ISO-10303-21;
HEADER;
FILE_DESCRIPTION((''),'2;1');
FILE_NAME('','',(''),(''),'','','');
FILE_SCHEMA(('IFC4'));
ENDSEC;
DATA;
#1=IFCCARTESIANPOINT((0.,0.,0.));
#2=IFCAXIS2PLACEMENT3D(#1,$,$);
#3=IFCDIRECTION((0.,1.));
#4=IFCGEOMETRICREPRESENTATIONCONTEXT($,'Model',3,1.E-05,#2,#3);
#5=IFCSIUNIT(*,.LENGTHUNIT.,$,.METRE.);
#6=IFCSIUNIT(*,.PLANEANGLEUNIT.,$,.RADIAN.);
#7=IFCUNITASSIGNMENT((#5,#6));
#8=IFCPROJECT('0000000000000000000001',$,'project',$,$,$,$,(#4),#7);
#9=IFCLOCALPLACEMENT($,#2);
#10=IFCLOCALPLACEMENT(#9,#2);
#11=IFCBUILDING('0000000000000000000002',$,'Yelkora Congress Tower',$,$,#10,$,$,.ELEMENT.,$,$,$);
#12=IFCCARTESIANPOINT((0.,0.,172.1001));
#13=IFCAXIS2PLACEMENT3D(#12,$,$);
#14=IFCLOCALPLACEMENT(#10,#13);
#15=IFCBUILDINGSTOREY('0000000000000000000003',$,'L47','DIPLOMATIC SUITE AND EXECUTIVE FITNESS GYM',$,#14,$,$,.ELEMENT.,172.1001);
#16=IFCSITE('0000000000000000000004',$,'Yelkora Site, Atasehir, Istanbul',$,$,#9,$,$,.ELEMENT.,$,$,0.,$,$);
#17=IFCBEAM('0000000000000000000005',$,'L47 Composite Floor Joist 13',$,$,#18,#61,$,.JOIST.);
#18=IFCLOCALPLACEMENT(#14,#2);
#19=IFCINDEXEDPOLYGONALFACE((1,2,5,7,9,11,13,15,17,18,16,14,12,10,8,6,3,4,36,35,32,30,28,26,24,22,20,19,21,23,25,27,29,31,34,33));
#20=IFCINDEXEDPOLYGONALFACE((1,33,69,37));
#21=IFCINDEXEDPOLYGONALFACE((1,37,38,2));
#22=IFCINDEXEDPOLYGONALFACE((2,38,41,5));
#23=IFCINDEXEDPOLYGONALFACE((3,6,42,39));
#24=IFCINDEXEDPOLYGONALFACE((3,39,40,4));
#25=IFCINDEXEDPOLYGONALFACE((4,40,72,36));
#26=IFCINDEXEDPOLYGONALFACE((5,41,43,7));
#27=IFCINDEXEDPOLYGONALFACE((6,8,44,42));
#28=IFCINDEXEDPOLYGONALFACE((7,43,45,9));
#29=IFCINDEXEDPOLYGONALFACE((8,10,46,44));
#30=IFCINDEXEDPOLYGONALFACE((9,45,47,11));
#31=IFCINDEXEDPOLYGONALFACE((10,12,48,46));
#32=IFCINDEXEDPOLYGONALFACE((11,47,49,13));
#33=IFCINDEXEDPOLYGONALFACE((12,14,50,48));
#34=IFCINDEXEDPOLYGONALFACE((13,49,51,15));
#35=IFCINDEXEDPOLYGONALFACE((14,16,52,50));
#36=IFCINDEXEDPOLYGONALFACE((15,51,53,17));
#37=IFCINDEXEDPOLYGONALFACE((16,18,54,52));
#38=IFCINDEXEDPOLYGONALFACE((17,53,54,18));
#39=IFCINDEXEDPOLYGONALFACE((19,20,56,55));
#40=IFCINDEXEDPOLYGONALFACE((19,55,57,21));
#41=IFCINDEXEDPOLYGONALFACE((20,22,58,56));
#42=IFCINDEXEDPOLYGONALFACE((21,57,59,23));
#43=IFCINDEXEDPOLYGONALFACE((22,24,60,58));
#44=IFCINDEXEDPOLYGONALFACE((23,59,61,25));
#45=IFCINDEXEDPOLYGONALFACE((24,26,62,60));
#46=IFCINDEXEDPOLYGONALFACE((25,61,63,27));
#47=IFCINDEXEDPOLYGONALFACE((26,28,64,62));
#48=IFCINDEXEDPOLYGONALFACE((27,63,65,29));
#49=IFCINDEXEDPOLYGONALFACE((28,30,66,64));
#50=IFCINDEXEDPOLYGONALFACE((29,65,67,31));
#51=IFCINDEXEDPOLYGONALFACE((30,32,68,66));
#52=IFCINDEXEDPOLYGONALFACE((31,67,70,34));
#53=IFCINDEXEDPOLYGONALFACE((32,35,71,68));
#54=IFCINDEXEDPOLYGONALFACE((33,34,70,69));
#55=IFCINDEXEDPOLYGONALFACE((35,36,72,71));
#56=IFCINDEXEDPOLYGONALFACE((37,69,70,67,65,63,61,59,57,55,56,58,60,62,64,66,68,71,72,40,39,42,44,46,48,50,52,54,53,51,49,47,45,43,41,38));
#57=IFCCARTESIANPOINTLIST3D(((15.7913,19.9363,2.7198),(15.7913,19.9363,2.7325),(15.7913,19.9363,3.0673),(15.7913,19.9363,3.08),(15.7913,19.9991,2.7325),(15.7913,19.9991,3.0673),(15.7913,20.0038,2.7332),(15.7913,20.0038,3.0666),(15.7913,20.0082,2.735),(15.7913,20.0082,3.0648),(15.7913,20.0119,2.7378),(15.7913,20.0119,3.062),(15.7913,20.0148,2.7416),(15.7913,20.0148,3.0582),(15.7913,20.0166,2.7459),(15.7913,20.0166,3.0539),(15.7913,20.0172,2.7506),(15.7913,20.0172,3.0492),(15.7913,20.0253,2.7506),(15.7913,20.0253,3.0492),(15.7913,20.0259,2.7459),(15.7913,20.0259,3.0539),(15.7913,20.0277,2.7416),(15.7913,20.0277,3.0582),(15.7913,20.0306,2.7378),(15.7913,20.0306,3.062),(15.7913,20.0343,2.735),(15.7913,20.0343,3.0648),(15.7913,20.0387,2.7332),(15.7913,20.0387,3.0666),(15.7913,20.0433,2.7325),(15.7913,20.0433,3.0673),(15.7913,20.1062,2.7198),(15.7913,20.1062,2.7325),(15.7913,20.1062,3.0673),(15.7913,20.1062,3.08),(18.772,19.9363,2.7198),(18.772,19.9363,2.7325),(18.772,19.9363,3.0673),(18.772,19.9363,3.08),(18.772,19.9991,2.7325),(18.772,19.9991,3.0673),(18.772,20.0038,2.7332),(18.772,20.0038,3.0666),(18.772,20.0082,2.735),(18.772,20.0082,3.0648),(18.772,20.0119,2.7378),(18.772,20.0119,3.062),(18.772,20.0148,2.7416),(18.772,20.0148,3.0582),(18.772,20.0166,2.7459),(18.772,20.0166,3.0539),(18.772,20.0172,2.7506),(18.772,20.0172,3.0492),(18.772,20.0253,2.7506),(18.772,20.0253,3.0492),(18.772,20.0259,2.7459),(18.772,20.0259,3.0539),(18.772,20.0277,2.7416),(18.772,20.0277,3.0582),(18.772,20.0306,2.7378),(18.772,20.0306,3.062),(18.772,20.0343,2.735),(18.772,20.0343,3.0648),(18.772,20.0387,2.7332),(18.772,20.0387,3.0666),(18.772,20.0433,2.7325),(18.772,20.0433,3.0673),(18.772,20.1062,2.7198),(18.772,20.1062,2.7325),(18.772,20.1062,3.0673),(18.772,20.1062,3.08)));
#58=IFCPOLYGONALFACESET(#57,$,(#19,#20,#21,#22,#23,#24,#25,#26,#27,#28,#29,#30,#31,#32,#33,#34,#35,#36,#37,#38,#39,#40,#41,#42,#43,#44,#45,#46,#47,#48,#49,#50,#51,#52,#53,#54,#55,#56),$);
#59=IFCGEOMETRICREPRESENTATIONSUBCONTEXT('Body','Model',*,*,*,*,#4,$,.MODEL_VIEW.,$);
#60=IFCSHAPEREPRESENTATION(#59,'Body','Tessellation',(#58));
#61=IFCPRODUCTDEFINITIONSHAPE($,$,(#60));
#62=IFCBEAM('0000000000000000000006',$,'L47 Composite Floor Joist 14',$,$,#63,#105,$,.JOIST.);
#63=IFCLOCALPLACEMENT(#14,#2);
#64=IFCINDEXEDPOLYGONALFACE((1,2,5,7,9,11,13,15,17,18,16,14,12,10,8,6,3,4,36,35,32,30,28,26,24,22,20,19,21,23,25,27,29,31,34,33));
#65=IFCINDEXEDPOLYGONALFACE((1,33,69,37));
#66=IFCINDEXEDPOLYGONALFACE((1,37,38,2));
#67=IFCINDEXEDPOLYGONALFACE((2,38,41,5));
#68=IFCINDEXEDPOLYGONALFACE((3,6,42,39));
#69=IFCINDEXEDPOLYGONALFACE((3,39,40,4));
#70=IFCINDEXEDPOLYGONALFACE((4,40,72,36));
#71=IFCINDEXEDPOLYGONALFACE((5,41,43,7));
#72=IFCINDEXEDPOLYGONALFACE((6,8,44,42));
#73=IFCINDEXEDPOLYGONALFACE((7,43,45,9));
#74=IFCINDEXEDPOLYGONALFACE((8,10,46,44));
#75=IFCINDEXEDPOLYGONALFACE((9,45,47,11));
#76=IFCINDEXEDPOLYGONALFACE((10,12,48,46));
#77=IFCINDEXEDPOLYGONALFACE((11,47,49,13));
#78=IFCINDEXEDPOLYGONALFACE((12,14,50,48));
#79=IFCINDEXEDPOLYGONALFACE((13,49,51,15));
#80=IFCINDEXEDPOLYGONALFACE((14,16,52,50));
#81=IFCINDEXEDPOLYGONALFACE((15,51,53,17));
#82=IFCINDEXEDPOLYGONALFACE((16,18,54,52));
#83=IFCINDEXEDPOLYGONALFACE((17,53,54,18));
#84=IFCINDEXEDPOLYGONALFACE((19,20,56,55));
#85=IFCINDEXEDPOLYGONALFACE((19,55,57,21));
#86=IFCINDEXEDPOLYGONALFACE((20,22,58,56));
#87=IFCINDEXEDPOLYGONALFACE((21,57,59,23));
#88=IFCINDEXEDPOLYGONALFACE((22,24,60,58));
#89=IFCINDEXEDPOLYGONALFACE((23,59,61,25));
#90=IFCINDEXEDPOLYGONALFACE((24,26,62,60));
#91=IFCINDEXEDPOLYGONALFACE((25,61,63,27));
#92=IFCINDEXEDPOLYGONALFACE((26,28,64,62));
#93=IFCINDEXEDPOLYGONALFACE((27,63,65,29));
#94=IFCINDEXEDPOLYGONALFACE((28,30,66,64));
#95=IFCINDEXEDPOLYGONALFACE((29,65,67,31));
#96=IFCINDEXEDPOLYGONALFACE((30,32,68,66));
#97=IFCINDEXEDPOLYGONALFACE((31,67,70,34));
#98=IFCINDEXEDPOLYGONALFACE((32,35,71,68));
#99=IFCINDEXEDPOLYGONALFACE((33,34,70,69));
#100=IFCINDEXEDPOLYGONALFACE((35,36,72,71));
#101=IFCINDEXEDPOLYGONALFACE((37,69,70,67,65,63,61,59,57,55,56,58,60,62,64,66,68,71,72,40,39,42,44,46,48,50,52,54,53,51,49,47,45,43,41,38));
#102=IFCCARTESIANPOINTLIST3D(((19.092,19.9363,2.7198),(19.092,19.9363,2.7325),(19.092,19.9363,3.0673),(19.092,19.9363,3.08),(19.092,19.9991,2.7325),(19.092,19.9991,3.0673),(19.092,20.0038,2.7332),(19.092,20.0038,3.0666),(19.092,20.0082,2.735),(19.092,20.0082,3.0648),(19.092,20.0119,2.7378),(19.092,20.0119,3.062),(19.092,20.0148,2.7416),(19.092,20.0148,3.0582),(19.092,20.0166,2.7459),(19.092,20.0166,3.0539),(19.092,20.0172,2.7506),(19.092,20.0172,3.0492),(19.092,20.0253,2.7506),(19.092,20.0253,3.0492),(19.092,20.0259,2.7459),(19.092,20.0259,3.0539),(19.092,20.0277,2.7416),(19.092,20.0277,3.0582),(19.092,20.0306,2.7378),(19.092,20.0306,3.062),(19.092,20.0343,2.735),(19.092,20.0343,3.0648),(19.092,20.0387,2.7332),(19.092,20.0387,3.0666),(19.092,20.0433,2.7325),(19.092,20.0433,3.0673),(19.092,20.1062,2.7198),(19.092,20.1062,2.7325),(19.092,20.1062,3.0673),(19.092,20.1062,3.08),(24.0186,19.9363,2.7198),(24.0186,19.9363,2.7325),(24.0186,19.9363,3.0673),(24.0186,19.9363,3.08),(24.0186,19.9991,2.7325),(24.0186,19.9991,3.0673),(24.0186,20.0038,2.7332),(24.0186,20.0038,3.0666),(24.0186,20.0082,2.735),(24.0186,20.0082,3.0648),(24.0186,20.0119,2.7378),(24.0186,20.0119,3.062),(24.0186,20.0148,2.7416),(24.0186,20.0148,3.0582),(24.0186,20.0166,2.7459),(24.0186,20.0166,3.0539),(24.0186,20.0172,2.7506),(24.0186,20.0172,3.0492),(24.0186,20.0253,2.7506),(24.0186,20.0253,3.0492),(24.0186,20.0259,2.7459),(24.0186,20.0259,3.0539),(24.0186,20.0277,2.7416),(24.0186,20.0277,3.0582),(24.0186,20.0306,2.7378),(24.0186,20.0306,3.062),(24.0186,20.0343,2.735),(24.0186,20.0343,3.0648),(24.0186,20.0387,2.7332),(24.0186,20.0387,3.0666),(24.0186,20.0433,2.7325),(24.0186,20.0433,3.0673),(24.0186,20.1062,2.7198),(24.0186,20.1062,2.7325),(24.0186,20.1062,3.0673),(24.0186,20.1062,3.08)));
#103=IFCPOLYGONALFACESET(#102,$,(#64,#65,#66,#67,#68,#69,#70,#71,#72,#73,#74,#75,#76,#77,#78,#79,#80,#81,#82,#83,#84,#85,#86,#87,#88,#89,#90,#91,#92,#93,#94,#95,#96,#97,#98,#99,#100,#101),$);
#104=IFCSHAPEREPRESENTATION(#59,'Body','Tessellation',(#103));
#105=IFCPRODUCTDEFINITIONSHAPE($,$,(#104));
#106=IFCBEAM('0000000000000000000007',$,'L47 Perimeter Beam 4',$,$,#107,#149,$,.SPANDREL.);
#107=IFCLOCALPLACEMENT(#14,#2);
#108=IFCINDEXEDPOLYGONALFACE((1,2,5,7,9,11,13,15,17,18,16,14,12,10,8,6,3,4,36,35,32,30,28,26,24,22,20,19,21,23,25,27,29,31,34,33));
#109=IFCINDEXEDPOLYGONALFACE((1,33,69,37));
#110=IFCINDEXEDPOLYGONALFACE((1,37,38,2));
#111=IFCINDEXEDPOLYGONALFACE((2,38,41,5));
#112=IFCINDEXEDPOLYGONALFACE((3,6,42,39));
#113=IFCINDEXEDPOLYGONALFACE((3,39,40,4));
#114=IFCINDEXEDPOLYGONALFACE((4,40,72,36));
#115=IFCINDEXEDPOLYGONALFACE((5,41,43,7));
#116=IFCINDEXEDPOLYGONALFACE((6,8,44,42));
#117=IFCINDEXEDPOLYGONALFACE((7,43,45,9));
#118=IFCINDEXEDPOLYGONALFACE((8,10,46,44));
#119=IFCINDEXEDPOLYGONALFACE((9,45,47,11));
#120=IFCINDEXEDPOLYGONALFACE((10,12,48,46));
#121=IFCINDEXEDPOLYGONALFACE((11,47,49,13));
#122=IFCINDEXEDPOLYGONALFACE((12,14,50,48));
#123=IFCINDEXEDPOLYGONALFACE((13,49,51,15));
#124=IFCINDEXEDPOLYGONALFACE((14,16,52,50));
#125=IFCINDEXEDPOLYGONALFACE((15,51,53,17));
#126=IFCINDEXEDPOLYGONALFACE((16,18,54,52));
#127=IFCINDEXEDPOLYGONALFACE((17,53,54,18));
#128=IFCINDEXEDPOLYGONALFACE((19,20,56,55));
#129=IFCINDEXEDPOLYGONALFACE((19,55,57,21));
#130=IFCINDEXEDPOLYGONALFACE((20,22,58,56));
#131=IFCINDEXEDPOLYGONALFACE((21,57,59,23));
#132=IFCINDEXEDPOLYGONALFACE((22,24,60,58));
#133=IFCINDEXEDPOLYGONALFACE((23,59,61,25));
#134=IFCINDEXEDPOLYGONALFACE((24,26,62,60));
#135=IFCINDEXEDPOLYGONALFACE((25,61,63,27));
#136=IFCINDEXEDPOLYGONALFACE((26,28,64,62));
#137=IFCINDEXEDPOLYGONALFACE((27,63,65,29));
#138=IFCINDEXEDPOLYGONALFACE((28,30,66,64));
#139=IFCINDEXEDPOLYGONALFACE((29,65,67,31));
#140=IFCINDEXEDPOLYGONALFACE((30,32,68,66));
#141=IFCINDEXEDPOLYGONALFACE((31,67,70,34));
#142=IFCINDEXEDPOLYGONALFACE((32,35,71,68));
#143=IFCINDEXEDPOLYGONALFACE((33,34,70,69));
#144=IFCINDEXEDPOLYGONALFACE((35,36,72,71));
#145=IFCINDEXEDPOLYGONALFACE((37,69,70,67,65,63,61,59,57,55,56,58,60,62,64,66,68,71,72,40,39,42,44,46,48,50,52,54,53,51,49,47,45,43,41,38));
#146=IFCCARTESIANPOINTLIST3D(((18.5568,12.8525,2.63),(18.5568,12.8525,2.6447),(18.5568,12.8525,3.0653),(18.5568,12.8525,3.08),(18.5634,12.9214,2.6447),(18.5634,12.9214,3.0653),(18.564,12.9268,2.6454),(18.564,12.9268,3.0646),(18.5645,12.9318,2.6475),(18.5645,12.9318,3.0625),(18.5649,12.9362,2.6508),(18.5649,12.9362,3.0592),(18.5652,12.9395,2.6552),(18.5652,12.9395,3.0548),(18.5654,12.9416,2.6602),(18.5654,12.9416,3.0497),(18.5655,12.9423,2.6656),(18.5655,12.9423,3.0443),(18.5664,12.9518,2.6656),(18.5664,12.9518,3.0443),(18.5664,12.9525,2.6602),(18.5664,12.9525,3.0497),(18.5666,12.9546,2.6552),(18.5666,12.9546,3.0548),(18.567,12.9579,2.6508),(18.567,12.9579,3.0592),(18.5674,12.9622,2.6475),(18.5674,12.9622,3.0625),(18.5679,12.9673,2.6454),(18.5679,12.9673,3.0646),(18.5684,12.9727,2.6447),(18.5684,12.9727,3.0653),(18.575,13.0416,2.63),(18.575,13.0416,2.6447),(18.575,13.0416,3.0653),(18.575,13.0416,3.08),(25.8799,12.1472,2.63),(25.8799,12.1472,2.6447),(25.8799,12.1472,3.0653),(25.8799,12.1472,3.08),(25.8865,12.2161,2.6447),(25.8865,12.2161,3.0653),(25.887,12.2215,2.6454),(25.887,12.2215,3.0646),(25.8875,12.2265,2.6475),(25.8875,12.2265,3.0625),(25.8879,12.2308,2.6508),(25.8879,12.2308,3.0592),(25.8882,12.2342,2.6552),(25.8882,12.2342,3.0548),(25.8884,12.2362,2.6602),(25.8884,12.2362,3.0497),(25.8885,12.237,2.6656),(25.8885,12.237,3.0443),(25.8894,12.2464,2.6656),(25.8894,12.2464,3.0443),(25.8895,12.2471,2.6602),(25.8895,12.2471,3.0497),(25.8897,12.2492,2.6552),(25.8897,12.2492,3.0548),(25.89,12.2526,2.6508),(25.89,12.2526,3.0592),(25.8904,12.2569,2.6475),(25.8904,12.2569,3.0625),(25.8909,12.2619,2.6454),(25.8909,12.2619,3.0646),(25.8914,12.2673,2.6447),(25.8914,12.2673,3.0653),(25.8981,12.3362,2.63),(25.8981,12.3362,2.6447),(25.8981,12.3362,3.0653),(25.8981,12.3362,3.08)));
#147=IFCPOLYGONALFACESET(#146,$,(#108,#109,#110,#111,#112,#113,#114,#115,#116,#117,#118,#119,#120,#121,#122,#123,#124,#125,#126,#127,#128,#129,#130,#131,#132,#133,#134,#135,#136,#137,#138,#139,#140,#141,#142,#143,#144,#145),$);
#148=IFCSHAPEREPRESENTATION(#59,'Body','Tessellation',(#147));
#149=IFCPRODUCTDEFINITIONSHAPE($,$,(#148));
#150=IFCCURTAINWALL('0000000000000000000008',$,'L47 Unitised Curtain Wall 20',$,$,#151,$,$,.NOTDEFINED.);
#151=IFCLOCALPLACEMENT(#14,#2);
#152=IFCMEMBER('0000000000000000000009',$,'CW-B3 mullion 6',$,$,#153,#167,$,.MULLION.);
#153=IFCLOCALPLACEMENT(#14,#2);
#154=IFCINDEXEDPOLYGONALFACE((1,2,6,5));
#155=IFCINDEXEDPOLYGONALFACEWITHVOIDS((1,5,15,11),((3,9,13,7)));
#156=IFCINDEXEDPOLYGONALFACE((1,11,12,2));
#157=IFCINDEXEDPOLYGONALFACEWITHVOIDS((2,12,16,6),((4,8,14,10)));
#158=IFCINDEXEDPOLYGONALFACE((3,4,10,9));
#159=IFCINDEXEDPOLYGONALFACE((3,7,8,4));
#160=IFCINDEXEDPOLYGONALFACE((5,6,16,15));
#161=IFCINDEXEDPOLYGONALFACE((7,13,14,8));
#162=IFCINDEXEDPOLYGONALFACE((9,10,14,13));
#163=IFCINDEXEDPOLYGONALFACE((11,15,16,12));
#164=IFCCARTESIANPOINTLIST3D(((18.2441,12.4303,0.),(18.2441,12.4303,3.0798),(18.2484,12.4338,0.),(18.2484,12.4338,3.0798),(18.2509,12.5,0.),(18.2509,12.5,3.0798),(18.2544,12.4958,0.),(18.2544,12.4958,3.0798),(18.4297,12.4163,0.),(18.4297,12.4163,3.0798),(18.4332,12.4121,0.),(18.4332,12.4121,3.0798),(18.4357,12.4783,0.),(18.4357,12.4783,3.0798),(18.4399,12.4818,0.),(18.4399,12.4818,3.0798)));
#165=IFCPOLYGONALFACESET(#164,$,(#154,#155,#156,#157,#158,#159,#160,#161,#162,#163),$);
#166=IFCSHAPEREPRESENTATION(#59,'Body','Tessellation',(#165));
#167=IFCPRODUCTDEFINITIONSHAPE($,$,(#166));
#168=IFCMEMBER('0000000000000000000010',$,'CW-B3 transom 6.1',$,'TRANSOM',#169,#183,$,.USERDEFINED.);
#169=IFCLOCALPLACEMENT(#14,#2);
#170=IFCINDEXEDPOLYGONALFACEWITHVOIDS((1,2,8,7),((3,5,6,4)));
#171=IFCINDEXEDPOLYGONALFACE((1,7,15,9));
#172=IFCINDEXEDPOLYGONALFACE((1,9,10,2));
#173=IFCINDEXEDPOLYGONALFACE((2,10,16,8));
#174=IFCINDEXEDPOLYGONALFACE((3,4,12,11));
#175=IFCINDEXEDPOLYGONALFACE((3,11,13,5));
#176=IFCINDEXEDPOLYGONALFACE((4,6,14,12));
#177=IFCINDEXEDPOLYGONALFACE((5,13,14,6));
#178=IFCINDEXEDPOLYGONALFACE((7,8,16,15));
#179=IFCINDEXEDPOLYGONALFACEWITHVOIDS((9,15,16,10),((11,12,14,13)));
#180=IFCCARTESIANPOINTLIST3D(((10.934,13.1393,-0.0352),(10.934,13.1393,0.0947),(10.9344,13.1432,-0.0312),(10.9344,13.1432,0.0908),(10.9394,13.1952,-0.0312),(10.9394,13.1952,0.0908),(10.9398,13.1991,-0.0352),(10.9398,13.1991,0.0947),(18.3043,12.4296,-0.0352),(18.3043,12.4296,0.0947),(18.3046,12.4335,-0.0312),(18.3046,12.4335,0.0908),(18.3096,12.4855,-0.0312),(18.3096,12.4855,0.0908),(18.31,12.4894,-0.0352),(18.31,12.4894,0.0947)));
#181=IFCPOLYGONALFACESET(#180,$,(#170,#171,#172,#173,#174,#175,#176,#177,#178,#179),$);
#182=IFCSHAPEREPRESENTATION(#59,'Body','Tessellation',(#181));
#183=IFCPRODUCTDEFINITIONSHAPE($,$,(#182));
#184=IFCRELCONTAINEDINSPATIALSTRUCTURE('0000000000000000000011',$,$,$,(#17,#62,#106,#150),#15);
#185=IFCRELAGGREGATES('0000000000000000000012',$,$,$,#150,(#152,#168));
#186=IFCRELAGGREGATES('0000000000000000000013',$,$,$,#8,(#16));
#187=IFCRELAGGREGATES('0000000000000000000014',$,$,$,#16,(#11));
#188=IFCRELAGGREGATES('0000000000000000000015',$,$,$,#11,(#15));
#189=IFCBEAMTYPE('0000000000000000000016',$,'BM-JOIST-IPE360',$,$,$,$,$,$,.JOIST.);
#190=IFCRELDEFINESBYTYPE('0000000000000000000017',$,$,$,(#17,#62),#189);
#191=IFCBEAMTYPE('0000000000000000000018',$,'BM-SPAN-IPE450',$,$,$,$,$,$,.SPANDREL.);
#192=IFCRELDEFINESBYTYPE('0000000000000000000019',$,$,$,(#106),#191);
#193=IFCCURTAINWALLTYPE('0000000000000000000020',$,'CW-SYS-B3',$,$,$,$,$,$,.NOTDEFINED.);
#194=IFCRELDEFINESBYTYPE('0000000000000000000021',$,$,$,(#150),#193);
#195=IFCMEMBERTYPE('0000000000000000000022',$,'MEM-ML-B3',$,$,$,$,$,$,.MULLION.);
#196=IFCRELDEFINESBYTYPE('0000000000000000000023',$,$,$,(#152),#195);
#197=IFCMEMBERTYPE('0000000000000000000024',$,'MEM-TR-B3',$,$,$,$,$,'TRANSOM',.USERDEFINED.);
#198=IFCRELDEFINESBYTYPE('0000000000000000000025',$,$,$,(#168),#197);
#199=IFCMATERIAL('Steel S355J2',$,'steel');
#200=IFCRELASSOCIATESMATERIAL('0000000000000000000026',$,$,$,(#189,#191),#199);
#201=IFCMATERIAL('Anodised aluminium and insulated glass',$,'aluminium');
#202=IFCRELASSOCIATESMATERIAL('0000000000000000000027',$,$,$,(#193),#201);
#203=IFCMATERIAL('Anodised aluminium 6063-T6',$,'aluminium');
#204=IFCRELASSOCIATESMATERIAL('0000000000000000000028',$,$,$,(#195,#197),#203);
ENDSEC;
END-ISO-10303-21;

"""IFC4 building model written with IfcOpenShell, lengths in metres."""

from ifc_helpers import new_model, si_unit, direction, frame, origin, origin_2d, place, context, subcontext, project, spatial, hollow_rectangle, i_section, extrude, material, material_profile, profile_set, type_object, element, aggregate, save


model = new_model("IFC4")

# Units and contexts
model_context = context("Model", 3, precision=1e-05, world=origin(), true_north=direction((0.0, 1.0)))
body_context = subcontext(model_context, "Body", "Model", "MODEL_VIEW")
ifc_project = project(units=[si_unit("LENGTHUNIT", "METRE"), si_unit("PLANEANGLEUNIT", "RADIAN")], contexts=[model_context])

# Site, building, storey
site_placement = place(None, origin())
site = spatial("IfcSite", under=ifc_project, at=site_placement, Name="Yelkora Site, Atasehir, Istanbul", CompositionType="ELEMENT", RefElevation=0.0)
building_placement = place(site_placement, origin())
building = spatial("IfcBuilding", under=site, at=building_placement, Name="Yelkora Congress Tower", CompositionType="ELEMENT")
storey_placement = place(building_placement, frame((0.0, 0.0, 172.1001)))
storey = spatial("IfcBuildingStorey", under=building, at=storey_placement, Name="L47", Description="DIPLOMATIC SUITE AND EXECUTIVE FITNESS GYM", CompositionType="ELEMENT", Elevation=172.1001)

# Beams
ifc_material_1 = material(Name="Steel S355J2", Category="steel")
ifc_material_profile_1 = material_profile(ifc_material_1, i_section(OverallWidth=0.1699, OverallDepth=0.3601, WebThickness=0.0081, FlangeThickness=0.0127, FilletRadius=0.0181, at=origin_2d()), Name="IPE 360")
ifc_profile_set_1 = profile_set([ifc_material_profile_1], Name="Steel S355J2")
beam_type_1 = type_object("IfcBeamType", Name="BM-JOIST-IPE360", PredefinedType="JOIST", material=ifc_profile_set_1)
beam_1_placement = place(storey_placement, frame((15.7913, 20.0212, 2.8999), z_axis=(1.0, 0.0, 0.0), x_axis=(0.0, 1.0, 0.0)))
element("IfcBeam", 1, at=beam_1_placement, inside=storey, type_object=beam_type_1, Name="L47 Composite Floor Joist 13", PredefinedType="JOIST", context=body_context, shape_type="SweptSolid", body=[
    extrude(i_section(OverallWidth=0.1699, OverallDepth=0.3601, WebThickness=0.0081, FlangeThickness=0.0127, FilletRadius=0.0181, at=origin_2d()), origin(), (0.0, 0.0, 1.0), 2.9807),
])
beam_2_placement = place(storey_placement, frame((19.092, 20.0212, 2.8999), z_axis=(1.0, 0.0, 0.0), x_axis=(0.0, 1.0, 0.0)))
element("IfcBeam", 2, at=beam_2_placement, inside=storey, type_object=beam_type_1, Name="L47 Composite Floor Joist 14", PredefinedType="JOIST", context=body_context, shape_type="SweptSolid", body=[
    extrude(i_section(OverallWidth=0.1699, OverallDepth=0.3601, WebThickness=0.0081, FlangeThickness=0.0127, FilletRadius=0.0181, at=origin_2d()), origin(), (0.0, 0.0, 1.0), 4.9265),
])
ifc_material_profile_2 = material_profile(ifc_material_1, i_section(OverallWidth=0.1899, OverallDepth=0.45, WebThickness=0.0095, FlangeThickness=0.0146, FilletRadius=0.021, at=origin_2d()), Name="IPE 450")
ifc_profile_set_2 = profile_set([ifc_material_profile_2], Name="Steel S355J2")
beam_type_2 = type_object("IfcBeamType", Name="BM-SPAN-IPE450", PredefinedType="SPANDREL", material=ifc_profile_set_2)
beam_3_placement = place(storey_placement, frame((18.5659, 12.947, 2.855), z_axis=(0.995394, -0.095872, 0.0), x_axis=(0.095872, 0.995394, 0.0)))
element("IfcBeam", 3, at=beam_3_placement, inside=storey, type_object=beam_type_2, Name="L47 Perimeter Beam 4", PredefinedType="SPANDREL", context=body_context, shape_type="SweptSolid", body=[
    extrude(i_section(OverallWidth=0.1899, OverallDepth=0.45, WebThickness=0.0095, FlangeThickness=0.0146, FilletRadius=0.021, at=origin_2d()), origin(), (0.0, 0.0, 1.0), 7.3569),
])

# Curtain wall, members
ifc_material_2 = material(Name="Anodised aluminium and insulated glass", Category="aluminium")
curtain_wall_type = type_object("IfcCurtainWallType", Name="CW-SYS-B3", PredefinedType="NOTDEFINED", material=ifc_material_2)
curtain_wall_placement = place(storey_placement, origin())
curtain_wall = element("IfcCurtainWall", 4, at=curtain_wall_placement, inside=storey, type_object=curtain_wall_type, Name="L47 Unitised Curtain Wall 20", PredefinedType="NOTDEFINED")
ifc_material_3 = material(Name="Anodised aluminium 6063-T6", Category="aluminium")
ifc_material_profile_3 = material_profile(ifc_material_3, hollow_rectangle(XDim=0.0701, YDim=0.1899, WallThickness=0.0039, at=origin_2d()), Name="ALU 70x190x4")
ifc_profile_set_3 = profile_set([ifc_material_profile_3], Name="Anodised aluminium 6063-T6")
member_type_1 = type_object("IfcMemberType", Name="MEM-ML-B3", PredefinedType="MULLION", material=ifc_profile_set_3)
member_1_placement = place(storey_placement, frame((18.342, 12.4561, 0.0), z_axis=(0.0, 0.0, 1.0), x_axis=(-0.095845, -0.995396, 0.0)))
member_1 = element("IfcMember", 5, at=member_1_placement, type_object=member_type_1, Name="CW-B3 mullion 6", PredefinedType="MULLION", context=body_context, shape_type="SweptSolid", body=[
    extrude(hollow_rectangle(XDim=0.0701, YDim=0.1899, WallThickness=0.0039, at=origin_2d()), origin(), (0.0, 0.0, 1.0), 3.0798),
])
ifc_material_profile_4 = material_profile(ifc_material_3, hollow_rectangle(XDim=0.0601, YDim=0.1299, WallThickness=0.0039, at=origin_2d()), Name="ALU 60x130x4")
ifc_profile_set_4 = profile_set([ifc_material_profile_4], Name="Anodised aluminium 6063-T6")
member_type_2 = type_object("IfcMemberType", Name="MEM-TR-B3", ElementType="TRANSOM", PredefinedType="USERDEFINED", material=ifc_profile_set_4)
member_2_placement = place(storey_placement, frame((18.3071, 12.4595, 0.0298), z_axis=(-0.995395, 0.095853, 0.0), x_axis=(-0.095853, -0.995395, 0.0)))
member_2 = element("IfcMember", 6, at=member_2_placement, type_object=member_type_2, Name="CW-B3 transom 6.1", ObjectType="TRANSOM", PredefinedType="USERDEFINED", context=body_context, shape_type="SweptSolid", body=[
    extrude(hollow_rectangle(XDim=0.0601, YDim=0.1299, WallThickness=0.0039, at=origin_2d()), origin(), (0.0, 0.0, 1.0), 7.4043),
])
aggregate(curtain_wall, [member_1, member_2])

save(model, "model.ifc")
